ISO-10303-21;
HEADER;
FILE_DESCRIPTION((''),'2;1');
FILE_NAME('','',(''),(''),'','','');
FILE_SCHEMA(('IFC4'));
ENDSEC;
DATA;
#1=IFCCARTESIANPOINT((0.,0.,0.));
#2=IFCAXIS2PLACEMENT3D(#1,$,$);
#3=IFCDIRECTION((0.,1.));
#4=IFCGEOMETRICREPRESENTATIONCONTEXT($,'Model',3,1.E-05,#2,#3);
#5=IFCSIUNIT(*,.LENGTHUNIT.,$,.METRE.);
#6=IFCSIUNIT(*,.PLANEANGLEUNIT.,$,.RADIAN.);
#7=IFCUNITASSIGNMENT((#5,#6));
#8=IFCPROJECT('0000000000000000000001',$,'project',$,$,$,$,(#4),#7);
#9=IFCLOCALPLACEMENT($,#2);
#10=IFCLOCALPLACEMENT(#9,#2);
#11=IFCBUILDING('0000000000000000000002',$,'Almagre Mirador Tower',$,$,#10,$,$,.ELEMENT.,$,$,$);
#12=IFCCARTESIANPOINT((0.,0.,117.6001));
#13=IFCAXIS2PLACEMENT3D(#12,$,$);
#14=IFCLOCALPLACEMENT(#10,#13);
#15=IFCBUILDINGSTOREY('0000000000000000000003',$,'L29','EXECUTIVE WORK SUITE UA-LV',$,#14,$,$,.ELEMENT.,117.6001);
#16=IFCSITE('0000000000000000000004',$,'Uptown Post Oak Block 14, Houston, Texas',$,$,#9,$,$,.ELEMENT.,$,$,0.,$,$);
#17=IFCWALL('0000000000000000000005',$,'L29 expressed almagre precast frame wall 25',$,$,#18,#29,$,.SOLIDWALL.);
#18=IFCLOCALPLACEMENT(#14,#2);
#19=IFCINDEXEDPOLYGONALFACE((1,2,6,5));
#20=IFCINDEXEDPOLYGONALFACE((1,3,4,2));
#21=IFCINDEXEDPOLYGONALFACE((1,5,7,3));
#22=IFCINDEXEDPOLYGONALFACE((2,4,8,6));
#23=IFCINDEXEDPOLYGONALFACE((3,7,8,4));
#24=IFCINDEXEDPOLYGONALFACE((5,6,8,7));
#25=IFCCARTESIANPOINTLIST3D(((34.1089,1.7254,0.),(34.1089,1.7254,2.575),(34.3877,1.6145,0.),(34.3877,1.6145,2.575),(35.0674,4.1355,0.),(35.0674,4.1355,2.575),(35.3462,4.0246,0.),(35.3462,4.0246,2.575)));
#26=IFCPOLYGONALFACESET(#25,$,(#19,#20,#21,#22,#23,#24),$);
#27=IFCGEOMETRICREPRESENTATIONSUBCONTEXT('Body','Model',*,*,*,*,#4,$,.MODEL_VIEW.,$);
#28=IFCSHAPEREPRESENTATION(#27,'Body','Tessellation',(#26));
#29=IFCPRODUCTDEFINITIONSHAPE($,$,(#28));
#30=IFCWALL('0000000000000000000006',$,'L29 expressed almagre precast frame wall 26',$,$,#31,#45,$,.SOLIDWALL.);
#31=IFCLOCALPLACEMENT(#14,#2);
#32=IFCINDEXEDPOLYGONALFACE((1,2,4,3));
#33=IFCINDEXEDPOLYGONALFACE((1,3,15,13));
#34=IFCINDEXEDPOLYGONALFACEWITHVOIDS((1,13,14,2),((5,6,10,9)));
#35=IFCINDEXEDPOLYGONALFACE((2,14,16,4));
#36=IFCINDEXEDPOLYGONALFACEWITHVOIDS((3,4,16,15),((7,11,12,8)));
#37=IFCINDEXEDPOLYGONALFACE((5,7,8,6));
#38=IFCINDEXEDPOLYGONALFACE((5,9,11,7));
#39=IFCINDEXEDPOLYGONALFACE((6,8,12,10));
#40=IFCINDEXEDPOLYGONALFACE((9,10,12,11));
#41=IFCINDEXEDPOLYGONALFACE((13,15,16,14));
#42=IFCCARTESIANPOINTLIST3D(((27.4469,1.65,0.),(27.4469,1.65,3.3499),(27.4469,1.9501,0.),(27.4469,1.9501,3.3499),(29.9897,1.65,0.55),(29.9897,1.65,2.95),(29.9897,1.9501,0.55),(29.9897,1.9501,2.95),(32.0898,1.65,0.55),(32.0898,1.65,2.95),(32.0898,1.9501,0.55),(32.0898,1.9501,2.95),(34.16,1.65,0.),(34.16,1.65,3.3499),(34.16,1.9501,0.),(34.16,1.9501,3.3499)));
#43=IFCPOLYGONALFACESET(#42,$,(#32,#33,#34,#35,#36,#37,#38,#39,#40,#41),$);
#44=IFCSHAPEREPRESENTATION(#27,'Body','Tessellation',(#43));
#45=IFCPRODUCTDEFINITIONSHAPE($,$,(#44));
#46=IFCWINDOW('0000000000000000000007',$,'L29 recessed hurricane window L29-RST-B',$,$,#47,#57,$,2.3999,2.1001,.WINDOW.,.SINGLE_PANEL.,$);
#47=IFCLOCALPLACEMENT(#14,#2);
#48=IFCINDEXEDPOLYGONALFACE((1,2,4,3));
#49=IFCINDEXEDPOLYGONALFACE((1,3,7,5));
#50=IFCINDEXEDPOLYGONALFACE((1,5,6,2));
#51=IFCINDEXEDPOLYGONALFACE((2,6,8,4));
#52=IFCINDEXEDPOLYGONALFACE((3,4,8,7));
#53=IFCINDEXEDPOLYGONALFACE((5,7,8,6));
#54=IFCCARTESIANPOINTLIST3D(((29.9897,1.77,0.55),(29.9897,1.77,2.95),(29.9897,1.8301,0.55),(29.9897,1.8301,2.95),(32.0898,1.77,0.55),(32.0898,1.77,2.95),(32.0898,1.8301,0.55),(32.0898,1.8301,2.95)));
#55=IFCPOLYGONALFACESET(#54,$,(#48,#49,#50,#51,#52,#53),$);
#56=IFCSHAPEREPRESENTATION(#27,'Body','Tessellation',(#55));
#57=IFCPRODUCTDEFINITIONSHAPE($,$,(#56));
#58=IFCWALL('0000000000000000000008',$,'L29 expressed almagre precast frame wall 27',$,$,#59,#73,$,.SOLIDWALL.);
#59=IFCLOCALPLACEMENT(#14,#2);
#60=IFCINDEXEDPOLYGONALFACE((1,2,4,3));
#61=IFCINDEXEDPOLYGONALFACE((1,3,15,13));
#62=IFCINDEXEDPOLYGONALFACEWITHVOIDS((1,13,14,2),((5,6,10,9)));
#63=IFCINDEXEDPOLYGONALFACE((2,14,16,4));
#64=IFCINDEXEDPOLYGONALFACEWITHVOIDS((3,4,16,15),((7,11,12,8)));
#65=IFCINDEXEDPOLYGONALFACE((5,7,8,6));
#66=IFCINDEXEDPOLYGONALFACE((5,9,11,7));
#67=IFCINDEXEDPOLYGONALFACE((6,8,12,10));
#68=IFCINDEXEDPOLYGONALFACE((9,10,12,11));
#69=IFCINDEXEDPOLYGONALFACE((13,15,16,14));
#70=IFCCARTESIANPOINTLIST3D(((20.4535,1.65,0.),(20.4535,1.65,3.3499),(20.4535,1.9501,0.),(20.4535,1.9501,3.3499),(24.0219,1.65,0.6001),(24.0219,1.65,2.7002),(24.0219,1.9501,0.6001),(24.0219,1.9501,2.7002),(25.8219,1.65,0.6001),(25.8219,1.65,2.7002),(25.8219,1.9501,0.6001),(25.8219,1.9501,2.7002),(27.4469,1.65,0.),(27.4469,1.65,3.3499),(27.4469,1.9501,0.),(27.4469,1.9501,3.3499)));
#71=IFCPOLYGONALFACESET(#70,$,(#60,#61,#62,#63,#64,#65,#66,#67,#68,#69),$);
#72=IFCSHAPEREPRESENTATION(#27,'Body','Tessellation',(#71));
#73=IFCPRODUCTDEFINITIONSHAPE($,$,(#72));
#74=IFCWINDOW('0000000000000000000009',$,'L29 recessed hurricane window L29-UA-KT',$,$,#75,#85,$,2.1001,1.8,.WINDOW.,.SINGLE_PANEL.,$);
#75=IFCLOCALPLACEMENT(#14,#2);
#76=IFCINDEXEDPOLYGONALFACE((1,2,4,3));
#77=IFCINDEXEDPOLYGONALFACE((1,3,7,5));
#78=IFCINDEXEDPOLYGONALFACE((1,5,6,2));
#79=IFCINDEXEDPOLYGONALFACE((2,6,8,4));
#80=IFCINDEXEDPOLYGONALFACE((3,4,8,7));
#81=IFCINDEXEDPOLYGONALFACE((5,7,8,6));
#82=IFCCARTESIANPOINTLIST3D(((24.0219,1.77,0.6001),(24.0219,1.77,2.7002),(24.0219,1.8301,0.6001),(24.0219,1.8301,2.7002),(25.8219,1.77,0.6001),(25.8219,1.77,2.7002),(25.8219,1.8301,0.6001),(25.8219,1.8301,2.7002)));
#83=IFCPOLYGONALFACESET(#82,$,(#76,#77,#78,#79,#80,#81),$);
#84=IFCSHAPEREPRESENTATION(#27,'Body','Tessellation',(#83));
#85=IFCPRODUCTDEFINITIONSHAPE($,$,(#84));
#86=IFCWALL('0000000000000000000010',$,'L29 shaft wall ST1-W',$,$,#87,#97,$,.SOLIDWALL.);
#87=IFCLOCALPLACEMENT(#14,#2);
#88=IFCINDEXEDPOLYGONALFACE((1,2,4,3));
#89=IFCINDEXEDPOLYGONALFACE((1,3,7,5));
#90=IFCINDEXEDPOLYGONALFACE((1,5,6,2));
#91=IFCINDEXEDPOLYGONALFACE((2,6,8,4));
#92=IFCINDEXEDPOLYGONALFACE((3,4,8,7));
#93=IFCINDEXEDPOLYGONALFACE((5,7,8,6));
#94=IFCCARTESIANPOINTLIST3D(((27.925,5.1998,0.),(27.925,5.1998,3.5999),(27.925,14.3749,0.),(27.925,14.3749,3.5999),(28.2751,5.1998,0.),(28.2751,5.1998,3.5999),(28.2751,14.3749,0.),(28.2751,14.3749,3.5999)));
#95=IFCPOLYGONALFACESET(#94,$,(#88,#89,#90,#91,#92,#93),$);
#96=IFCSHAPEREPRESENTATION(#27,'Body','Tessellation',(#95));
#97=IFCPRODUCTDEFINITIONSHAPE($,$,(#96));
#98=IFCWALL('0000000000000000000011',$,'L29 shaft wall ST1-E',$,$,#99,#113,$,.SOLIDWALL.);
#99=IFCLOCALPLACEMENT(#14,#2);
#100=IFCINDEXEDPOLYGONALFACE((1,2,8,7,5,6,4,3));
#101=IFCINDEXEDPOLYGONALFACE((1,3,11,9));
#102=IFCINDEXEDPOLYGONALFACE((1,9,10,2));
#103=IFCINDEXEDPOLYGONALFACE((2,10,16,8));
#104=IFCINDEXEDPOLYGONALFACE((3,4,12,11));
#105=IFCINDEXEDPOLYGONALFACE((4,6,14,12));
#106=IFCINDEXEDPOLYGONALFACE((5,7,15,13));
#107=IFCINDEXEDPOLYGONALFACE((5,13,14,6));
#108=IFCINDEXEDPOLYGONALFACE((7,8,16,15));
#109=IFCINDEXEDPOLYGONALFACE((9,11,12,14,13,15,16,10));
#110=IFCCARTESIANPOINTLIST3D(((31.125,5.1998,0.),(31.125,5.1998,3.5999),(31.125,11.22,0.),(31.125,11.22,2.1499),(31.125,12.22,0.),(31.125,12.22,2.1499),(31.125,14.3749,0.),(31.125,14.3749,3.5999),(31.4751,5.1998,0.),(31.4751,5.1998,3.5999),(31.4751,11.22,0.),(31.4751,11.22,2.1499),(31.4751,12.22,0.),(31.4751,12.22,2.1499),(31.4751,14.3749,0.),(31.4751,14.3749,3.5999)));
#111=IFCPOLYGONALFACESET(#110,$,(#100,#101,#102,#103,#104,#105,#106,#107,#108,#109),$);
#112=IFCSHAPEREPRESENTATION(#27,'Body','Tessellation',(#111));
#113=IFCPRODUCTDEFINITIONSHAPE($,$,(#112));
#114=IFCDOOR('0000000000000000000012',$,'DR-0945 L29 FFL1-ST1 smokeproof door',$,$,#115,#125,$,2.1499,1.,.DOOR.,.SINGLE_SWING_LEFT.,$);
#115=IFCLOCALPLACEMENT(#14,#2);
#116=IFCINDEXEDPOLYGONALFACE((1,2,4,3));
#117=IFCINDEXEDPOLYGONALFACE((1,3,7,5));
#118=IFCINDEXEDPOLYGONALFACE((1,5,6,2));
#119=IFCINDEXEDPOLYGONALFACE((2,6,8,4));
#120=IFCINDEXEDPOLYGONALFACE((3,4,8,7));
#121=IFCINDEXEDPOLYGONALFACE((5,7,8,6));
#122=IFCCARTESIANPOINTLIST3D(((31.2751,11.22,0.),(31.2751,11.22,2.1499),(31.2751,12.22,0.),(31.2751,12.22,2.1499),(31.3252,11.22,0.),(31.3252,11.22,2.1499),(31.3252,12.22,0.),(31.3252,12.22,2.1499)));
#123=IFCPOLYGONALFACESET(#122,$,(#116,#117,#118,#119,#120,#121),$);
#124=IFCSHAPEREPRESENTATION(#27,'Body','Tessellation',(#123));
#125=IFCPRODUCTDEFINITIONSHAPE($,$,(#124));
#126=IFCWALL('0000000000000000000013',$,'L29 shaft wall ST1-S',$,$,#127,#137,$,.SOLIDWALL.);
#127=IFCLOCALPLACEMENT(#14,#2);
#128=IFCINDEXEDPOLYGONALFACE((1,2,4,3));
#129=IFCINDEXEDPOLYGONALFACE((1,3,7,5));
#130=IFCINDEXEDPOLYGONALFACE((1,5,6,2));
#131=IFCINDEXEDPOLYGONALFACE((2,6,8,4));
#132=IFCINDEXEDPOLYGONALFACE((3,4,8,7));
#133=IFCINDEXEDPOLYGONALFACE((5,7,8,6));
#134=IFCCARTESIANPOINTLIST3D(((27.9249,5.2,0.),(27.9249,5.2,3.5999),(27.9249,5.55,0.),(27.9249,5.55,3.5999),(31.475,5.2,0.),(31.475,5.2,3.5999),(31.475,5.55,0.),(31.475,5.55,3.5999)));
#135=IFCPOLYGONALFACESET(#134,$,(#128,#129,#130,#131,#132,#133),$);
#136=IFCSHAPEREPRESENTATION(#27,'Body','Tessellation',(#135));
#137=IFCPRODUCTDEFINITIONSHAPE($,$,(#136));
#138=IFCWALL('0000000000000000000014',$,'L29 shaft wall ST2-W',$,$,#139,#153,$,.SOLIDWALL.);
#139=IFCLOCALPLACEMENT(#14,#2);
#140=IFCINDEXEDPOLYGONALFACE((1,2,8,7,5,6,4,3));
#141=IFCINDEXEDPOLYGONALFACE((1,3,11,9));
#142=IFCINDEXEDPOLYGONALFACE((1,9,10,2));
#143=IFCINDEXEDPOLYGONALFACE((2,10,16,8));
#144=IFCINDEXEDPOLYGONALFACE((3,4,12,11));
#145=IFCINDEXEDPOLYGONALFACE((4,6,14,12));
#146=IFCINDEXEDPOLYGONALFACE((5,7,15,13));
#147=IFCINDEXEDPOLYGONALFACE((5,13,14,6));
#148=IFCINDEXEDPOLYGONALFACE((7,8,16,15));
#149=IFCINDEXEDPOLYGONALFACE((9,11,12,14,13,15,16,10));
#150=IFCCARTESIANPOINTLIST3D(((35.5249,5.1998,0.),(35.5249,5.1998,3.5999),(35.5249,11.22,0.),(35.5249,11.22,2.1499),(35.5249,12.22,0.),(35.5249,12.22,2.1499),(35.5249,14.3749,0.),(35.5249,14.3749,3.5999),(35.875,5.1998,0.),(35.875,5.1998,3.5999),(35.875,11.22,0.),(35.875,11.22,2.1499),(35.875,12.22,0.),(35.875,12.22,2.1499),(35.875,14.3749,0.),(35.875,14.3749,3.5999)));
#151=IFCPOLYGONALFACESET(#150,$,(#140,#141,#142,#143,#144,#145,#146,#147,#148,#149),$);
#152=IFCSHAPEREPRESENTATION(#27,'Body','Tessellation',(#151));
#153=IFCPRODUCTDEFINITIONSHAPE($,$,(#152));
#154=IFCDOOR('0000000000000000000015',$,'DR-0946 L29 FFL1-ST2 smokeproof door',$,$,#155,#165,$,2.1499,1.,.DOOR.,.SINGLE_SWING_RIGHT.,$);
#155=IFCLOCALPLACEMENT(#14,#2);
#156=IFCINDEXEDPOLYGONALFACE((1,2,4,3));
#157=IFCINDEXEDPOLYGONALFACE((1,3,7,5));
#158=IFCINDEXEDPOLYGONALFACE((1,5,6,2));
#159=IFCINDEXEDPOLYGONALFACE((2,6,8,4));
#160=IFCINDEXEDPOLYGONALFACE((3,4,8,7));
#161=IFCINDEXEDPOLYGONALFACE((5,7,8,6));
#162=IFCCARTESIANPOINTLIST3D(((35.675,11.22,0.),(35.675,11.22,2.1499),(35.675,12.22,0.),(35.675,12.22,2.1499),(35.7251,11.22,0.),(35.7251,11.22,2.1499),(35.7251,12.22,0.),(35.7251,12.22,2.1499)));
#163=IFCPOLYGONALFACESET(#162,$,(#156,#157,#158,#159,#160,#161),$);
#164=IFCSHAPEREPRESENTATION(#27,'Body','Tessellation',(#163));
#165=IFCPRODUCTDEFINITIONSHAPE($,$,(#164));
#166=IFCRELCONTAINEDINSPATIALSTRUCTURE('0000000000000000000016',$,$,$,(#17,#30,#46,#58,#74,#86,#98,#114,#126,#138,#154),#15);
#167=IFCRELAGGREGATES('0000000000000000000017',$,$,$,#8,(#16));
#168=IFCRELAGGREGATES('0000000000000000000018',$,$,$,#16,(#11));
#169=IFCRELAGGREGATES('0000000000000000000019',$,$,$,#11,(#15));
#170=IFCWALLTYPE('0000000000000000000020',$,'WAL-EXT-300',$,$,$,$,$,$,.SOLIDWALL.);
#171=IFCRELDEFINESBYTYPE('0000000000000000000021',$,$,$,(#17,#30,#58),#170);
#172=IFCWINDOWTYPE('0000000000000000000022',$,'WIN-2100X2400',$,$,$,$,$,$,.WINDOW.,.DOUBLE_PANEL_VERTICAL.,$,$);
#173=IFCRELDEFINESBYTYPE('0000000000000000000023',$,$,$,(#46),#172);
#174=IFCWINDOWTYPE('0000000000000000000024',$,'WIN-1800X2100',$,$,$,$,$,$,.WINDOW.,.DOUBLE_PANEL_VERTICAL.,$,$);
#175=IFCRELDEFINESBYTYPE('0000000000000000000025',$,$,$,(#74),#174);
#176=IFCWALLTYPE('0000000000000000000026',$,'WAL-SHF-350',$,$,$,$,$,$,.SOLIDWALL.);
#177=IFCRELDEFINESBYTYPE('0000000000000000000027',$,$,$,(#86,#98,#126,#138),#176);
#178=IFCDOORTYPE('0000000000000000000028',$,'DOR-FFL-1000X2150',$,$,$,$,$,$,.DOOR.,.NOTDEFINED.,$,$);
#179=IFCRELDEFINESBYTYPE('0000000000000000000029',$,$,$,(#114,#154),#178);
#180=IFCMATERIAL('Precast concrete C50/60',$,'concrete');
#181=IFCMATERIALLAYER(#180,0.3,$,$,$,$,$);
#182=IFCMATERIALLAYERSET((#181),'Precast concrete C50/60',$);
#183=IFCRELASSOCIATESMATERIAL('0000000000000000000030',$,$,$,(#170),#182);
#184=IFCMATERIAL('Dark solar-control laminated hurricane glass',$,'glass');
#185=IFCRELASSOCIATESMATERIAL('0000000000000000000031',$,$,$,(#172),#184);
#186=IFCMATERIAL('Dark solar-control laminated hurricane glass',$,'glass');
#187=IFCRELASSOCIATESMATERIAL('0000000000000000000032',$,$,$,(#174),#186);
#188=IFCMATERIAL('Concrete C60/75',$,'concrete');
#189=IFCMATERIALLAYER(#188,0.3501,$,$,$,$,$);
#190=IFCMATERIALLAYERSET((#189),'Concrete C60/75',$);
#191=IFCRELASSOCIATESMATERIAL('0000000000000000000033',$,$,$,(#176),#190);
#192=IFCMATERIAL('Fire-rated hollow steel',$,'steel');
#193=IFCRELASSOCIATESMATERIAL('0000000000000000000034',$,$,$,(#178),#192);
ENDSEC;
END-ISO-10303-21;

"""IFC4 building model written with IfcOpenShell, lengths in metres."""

from ifc_helpers import new_model, si_unit, direction, frame, frame_2d, origin, place, context, subcontext, project, spatial, rectangle, extrude, material, layer, layer_set, type_object, element, fill, save


model = new_model("IFC4")

# Units and contexts
model_context = context("Model", 3, precision=1e-05, world=origin(), true_north=direction((0.0, 1.0)))
body_context = subcontext(model_context, "Body", "Model", "MODEL_VIEW")
ifc_project = project(units=[si_unit("LENGTHUNIT", "METRE"), si_unit("PLANEANGLEUNIT", "RADIAN")], contexts=[model_context])

# Site, building, storey
site_placement = place(None, origin())
site = spatial("IfcSite", under=ifc_project, at=site_placement, Name="Uptown Post Oak Block 14, Houston, Texas", CompositionType="ELEMENT", RefElevation=0.0)
building_placement = place(site_placement, origin())
building = spatial("IfcBuilding", under=site, at=building_placement, Name="Almagre Mirador Tower", CompositionType="ELEMENT")
storey_placement = place(building_placement, frame((0.0, 0.0, 117.6001)))
storey = spatial("IfcBuildingStorey", under=building, at=storey_placement, Name="L29", Description="EXECUTIVE WORK SUITE UA-LV", CompositionType="ELEMENT", Elevation=117.6001)

# Wall
ifc_material_1 = material(Name="Precast concrete C50/60", Category="concrete")
ifc_layer_1 = layer(ifc_material_1, 0.3)
ifc_layer_set_1 = layer_set([ifc_layer_1], Name="Precast concrete C50/60")
wall_type_1 = type_object("IfcWallType", Name="WAL-EXT-300", PredefinedType="SOLIDWALL", material=ifc_layer_set_1)
wall_1_placement = place(storey_placement, frame((35.2068, 4.0801, 0.0), z_axis=(0.0, 0.0, 1.0), x_axis=(-0.36954, -0.929215, 0.0)))
element("IfcWall", 1, at=wall_1_placement, inside=storey, type_object=wall_type_1, Name="L29 expressed almagre precast frame wall 25", PredefinedType="SOLIDWALL", context=body_context, shape_type="SweptSolid", body=[
    extrude(rectangle(XDim=2.5938, YDim=0.3, at=frame_2d((1.2969, 0.0))), origin(), (0.0, 0.0, 1.0), 2.575),
])

# Walls, openings, windows
wall_2_placement = place(storey_placement, frame((34.1599, 1.8, 0.0), z_axis=(0.0, 0.0, 1.0), x_axis=(-1.0, 0.0, 0.0)))
wall_2 = element("IfcWall", 2, at=wall_2_placement, inside=storey, type_object=wall_type_1, Name="L29 expressed almagre precast frame wall 26", PredefinedType="SOLIDWALL", context=body_context, shape_type="SweptSolid", body=[
    extrude(rectangle(XDim=6.7131, YDim=0.3, at=frame_2d((3.3564, 0.0))), origin(), (0.0, 0.0, 1.0), 3.3499),
])
opening_1_placement = place(wall_2_placement, frame((2.0701, 0.0, 0.55)))
opening_1 = element("IfcOpeningElement", 3, at=opening_1_placement, cuts=wall_2, PredefinedType="OPENING", context=body_context, shape_type="SweptSolid", body=[
    extrude(rectangle(XDim=2.1001, YDim=2.3999, at=frame_2d((1.05, 1.2))), frame((0.0, 0.1599, 0.0), z_axis=(0.0, -1.0, 0.0), x_axis=(1.0, 0.0, 0.0)), (0.0, 0.0, 1.0), 0.32),
])
ifc_material_2 = material(Name="Dark solar-control laminated hurricane glass", Category="glass")
window_type_1 = type_object("IfcWindowType", Name="WIN-2100X2400", PartitioningType="DOUBLE_PANEL_VERTICAL", PredefinedType="WINDOW", material=ifc_material_2)
window_1_placement = place(opening_1_placement, origin())
window_1 = element("IfcWindow", 4, at=window_1_placement, inside=storey, type_object=window_type_1, Name="L29 recessed hurricane window L29-RST-B", OverallHeight=2.3999, OverallWidth=2.1001, PartitioningType="SINGLE_PANEL", PredefinedType="WINDOW", context=body_context, shape_type="SweptSolid", body=[
    extrude(rectangle(XDim=2.1001, YDim=2.3999, at=frame_2d((1.05, 1.2))), frame((0.0, 0.03, 0.0), z_axis=(0.0, -1.0, 0.0), x_axis=(1.0, 0.0, 0.0)), (0.0, 0.0, 1.0), 0.0601),
])
fill(opening_1, window_1)
wall_3_placement = place(storey_placement, frame((27.4468, 1.8, 0.0), z_axis=(0.0, 0.0, 1.0), x_axis=(-1.0, 0.0, 0.0)))
wall_3 = element("IfcWall", 5, at=wall_3_placement, inside=storey, type_object=wall_type_1, Name="L29 expressed almagre precast frame wall 27", PredefinedType="SOLIDWALL", context=body_context, shape_type="SweptSolid", body=[
    extrude(rectangle(XDim=6.9934, YDim=0.3, at=frame_2d((3.4966, 0.0))), origin(), (0.0, 0.0, 1.0), 3.3499),
])
opening_2_placement = place(wall_3_placement, frame((1.625, 0.0, 0.6001)))
opening_2 = element("IfcOpeningElement", 6, at=opening_2_placement, cuts=wall_3, PredefinedType="OPENING", context=body_context, shape_type="SweptSolid", body=[
    extrude(rectangle(XDim=1.8, YDim=2.1001, at=frame_2d((0.8999, 1.05))), frame((0.0, 0.1599, 0.0), z_axis=(0.0, -1.0, 0.0), x_axis=(1.0, 0.0, 0.0)), (0.0, 0.0, 1.0), 0.32),
])
ifc_material_3 = material(Name="Dark solar-control laminated hurricane glass", Category="glass")
window_type_2 = type_object("IfcWindowType", Name="WIN-1800X2100", PartitioningType="DOUBLE_PANEL_VERTICAL", PredefinedType="WINDOW", material=ifc_material_3)
window_2_placement = place(opening_2_placement, origin())
window_2 = element("IfcWindow", 7, at=window_2_placement, inside=storey, type_object=window_type_2, Name="L29 recessed hurricane window L29-UA-KT", OverallHeight=2.1001, OverallWidth=1.8, PartitioningType="SINGLE_PANEL", PredefinedType="WINDOW", context=body_context, shape_type="SweptSolid", body=[
    extrude(rectangle(XDim=1.8, YDim=2.1001, at=frame_2d((0.8999, 1.05))), frame((0.0, 0.03, 0.0), z_axis=(0.0, -1.0, 0.0), x_axis=(1.0, 0.0, 0.0)), (0.0, 0.0, 1.0), 0.0601),
])
fill(opening_2, window_2)

# Wall
ifc_material_4 = material(Name="Concrete C60/75", Category="concrete")
ifc_layer_2 = layer(ifc_material_4, 0.3501)
ifc_layer_set_2 = layer_set([ifc_layer_2], Name="Concrete C60/75")
wall_type_2 = type_object("IfcWallType", Name="WAL-SHF-350", PredefinedType="SOLIDWALL", material=ifc_layer_set_2)
wall_4_placement = place(storey_placement, frame((28.1001, 5.2, 0.0), z_axis=(0.0, 0.0, 1.0), x_axis=(0.0, 1.0, 0.0)))
element("IfcWall", 8, at=wall_4_placement, inside=storey, type_object=wall_type_2, Name="L29 shaft wall ST1-W", PredefinedType="SOLIDWALL", context=body_context, shape_type="SweptSolid", body=[
    extrude(rectangle(XDim=9.175, YDim=0.3501, at=frame_2d((4.5874, 0.0))), origin(), (0.0, 0.0, 1.0), 3.5999),
])

# Wall, opening, door
wall_5_placement = place(storey_placement, frame((31.3, 5.2, 0.0), z_axis=(0.0, 0.0, 1.0), x_axis=(0.0, 1.0, 0.0)))
wall_5 = element("IfcWall", 9, at=wall_5_placement, inside=storey, type_object=wall_type_2, Name="L29 shaft wall ST1-E", PredefinedType="SOLIDWALL", context=body_context, shape_type="SweptSolid", body=[
    extrude(rectangle(XDim=9.175, YDim=0.3501, at=frame_2d((4.5874, 0.0))), origin(), (0.0, 0.0, 1.0), 3.5999),
])
opening_3_placement = place(wall_5_placement, frame((6.02, 0.0, 0.0)))
opening_3 = element("IfcOpeningElement", 10, at=opening_3_placement, cuts=wall_5, PredefinedType="OPENING", context=body_context, shape_type="SweptSolid", body=[
    extrude(rectangle(XDim=1.0, YDim=2.1499, at=frame_2d((0.5, 1.075))), frame((0.0, 0.185, 0.0), z_axis=(0.0, -1.0, 0.0), x_axis=(1.0, 0.0, 0.0)), (0.0, 0.0, 1.0), 0.3701),
])
ifc_material_5 = material(Name="Fire-rated hollow steel", Category="steel")
door_type = type_object("IfcDoorType", Name="DOR-FFL-1000X2150", OperationType="NOTDEFINED", PredefinedType="DOOR", material=ifc_material_5)
door_1_placement = place(opening_3_placement, origin())
door_1 = element("IfcDoor", 11, at=door_1_placement, inside=storey, type_object=door_type, Name="DR-0945 L29 FFL1-ST1 smokeproof door", OperationType="SINGLE_SWING_LEFT", OverallHeight=2.1499, OverallWidth=1.0, PredefinedType="DOOR", context=body_context, shape_type="SweptSolid", body=[
    extrude(rectangle(XDim=1.0, YDim=2.1499, at=frame_2d((0.5, 1.075))), frame((0.0, 0.0249, 0.0), z_axis=(0.0, -1.0, 0.0), x_axis=(1.0, 0.0, 0.0)), (0.0, 0.0, 1.0), 0.05),
])
fill(opening_3, door_1)

# Wall
wall_6_placement = place(storey_placement, frame((27.925, 5.375, 0.0), z_axis=(0.0, 0.0, 1.0), x_axis=(1.0, 0.0, 0.0)))
element("IfcWall", 12, at=wall_6_placement, inside=storey, type_object=wall_type_2, Name="L29 shaft wall ST1-S", PredefinedType="SOLIDWALL", context=body_context, shape_type="SweptSolid", body=[
    extrude(rectangle(XDim=3.55, YDim=0.3501, at=frame_2d((1.7749, 0.0))), origin(), (0.0, 0.0, 1.0), 3.5999),
])

# Wall, opening, door
wall_7_placement = place(storey_placement, frame((35.7, 5.2, 0.0), z_axis=(0.0, 0.0, 1.0), x_axis=(0.0, 1.0, 0.0)))
wall_7 = element("IfcWall", 13, at=wall_7_placement, inside=storey, type_object=wall_type_2, Name="L29 shaft wall ST2-W", PredefinedType="SOLIDWALL", context=body_context, shape_type="SweptSolid", body=[
    extrude(rectangle(XDim=9.175, YDim=0.3501, at=frame_2d((4.5874, 0.0))), origin(), (0.0, 0.0, 1.0), 3.5999),
])
opening_4_placement = place(wall_7_placement, frame((6.02, 0.0, 0.0)))
opening_4 = element("IfcOpeningElement", 14, at=opening_4_placement, cuts=wall_7, PredefinedType="OPENING", context=body_context, shape_type="SweptSolid", body=[
    extrude(rectangle(XDim=1.0, YDim=2.1499, at=frame_2d((0.5, 1.075))), frame((0.0, 0.185, 0.0), z_axis=(0.0, -1.0, 0.0), x_axis=(1.0, 0.0, 0.0)), (0.0, 0.0, 1.0), 0.3701),
])
door_2_placement = place(opening_4_placement, origin())
door_2 = element("IfcDoor", 15, at=door_2_placement, inside=storey, type_object=door_type, Name="DR-0946 L29 FFL1-ST2 smokeproof door", OperationType="SINGLE_SWING_RIGHT", OverallHeight=2.1499, OverallWidth=1.0, PredefinedType="DOOR", context=body_context, shape_type="SweptSolid", body=[
    extrude(rectangle(XDim=1.0, YDim=2.1499, at=frame_2d((0.5, 1.075))), frame((0.0, 0.0249, 0.0), z_axis=(0.0, -1.0, 0.0), x_axis=(1.0, 0.0, 0.0)), (0.0, 0.0, 1.0), 0.05),
])
fill(opening_4, door_2)

save(model, "model.ifc")
